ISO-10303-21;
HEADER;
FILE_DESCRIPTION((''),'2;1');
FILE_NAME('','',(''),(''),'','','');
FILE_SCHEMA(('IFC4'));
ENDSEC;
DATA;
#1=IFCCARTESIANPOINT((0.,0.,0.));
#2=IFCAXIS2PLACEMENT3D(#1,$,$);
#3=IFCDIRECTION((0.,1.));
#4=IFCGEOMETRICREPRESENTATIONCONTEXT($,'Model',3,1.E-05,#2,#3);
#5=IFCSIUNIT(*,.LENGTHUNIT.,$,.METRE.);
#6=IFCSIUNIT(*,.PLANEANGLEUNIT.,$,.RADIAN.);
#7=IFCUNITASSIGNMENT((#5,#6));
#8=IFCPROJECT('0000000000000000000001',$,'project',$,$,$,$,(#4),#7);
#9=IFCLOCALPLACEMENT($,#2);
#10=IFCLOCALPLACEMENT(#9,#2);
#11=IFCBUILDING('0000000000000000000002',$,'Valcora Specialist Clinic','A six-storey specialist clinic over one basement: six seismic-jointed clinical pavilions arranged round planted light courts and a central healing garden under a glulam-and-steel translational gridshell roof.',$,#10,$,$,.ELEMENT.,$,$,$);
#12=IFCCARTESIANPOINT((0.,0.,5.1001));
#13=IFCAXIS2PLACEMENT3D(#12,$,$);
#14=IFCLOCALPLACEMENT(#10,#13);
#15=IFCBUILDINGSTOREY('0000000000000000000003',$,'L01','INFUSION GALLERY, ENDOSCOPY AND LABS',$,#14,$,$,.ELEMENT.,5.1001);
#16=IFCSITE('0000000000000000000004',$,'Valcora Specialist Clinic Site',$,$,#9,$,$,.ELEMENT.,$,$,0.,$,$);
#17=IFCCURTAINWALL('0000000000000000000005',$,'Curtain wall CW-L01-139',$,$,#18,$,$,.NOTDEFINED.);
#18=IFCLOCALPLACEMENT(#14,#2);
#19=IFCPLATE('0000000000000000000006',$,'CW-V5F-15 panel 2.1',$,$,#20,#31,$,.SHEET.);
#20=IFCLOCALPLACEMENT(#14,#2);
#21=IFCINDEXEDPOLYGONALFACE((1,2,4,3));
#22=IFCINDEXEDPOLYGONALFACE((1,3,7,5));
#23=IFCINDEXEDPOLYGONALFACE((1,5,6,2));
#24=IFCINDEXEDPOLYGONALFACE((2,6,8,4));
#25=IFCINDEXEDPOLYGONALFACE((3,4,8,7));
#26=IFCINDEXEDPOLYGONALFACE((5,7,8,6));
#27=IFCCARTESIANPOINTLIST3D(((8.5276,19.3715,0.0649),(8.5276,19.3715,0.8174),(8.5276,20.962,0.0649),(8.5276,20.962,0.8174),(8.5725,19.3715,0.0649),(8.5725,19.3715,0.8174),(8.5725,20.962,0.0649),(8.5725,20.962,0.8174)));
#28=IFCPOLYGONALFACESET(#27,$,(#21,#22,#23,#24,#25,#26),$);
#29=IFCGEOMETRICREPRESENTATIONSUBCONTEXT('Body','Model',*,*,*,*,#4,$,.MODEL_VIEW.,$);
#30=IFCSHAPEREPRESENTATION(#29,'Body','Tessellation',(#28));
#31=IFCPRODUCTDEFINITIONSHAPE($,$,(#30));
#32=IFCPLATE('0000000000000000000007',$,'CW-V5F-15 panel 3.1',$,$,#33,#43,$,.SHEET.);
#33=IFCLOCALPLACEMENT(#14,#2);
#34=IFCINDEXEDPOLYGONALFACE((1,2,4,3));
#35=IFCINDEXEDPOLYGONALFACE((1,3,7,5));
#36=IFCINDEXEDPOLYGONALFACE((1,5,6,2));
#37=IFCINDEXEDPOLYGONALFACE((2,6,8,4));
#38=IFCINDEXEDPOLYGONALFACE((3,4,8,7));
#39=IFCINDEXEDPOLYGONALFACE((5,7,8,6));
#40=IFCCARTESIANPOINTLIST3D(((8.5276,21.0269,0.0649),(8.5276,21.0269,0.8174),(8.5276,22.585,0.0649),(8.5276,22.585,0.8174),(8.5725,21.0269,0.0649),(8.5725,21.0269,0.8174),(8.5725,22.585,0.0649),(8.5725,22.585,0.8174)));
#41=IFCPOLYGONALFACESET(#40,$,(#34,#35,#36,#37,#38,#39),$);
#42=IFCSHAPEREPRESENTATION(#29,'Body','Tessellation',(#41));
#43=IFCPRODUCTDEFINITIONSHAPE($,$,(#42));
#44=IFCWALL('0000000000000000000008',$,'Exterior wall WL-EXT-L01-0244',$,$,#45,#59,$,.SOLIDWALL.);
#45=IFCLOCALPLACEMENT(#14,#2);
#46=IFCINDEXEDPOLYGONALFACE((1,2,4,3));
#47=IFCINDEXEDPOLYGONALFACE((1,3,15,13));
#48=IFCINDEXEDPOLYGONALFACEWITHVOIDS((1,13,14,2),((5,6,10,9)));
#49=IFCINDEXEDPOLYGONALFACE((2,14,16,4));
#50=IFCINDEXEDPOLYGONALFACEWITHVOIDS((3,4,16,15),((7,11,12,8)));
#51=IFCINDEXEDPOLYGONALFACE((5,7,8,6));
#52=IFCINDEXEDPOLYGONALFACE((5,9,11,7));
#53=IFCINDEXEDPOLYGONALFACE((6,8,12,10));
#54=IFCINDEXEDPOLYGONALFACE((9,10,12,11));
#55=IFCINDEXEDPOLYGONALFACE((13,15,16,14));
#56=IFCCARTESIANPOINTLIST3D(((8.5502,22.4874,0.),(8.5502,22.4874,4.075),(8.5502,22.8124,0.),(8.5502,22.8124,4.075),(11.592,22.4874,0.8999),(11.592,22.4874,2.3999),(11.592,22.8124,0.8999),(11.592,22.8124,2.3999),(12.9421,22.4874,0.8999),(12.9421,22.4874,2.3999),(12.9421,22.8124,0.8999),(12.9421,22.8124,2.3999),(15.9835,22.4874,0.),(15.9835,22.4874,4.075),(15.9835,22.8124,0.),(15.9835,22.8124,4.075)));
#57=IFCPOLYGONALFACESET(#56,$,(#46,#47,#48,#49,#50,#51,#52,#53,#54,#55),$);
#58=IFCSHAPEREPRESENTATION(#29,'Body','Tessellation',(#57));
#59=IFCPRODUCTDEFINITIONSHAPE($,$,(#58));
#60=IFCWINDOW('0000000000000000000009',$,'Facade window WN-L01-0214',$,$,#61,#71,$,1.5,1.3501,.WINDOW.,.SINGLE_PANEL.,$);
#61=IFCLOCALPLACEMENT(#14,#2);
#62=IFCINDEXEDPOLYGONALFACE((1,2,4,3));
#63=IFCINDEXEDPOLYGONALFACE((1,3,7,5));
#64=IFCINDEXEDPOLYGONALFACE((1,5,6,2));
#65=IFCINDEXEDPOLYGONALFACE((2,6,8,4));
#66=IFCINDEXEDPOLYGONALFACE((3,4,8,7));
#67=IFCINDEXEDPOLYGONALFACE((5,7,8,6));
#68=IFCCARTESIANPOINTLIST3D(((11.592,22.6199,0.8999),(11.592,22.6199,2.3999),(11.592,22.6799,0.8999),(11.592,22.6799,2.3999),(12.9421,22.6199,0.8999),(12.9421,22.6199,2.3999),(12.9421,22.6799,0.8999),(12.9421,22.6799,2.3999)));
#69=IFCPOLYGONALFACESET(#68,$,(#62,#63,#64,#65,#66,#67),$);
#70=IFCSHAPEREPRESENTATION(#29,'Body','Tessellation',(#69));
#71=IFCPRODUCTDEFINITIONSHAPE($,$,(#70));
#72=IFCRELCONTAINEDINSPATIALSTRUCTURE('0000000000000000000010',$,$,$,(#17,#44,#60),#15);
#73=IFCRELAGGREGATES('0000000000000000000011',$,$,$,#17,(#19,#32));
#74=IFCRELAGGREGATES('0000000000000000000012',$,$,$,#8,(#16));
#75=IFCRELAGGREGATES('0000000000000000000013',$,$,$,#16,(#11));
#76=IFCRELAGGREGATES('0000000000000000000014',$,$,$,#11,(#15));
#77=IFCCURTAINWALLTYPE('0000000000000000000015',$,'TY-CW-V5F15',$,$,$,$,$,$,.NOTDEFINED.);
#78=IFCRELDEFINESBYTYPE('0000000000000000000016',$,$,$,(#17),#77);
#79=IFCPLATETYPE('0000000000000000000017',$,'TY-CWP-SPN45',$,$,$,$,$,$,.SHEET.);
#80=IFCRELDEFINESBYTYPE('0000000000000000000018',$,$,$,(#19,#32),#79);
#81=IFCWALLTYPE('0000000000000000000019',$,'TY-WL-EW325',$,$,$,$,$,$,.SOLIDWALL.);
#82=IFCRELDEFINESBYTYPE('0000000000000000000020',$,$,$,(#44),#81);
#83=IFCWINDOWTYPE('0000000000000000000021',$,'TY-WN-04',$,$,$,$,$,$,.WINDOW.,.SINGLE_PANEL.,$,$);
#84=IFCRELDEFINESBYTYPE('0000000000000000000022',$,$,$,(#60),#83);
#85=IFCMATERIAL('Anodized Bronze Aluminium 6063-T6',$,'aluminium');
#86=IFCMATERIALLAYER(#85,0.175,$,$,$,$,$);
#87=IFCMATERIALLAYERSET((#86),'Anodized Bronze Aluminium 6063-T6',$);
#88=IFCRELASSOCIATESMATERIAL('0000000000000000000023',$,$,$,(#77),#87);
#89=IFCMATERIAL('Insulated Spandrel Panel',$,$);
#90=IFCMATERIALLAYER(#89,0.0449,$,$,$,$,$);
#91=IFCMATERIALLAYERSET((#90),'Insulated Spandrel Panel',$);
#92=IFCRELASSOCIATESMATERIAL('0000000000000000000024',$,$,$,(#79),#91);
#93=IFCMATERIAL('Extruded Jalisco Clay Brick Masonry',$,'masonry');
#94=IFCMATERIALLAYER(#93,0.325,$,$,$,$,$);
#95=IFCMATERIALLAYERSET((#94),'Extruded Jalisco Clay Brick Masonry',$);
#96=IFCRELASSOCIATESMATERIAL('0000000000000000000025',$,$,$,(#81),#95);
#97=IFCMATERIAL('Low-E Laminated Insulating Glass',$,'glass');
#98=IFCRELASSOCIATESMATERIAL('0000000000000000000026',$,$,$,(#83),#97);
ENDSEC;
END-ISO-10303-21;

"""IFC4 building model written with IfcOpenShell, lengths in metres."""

from ifc_helpers import new_model, si_unit, direction, frame, frame_2d, origin, origin_2d, place, context, subcontext, project, spatial, rectangle, extrude, material, layer, layer_set, type_object, element, fill, aggregate, save


model = new_model("IFC4")

# Units and contexts
model_context = context("Model", 3, precision=1e-05, world=origin(), true_north=direction((0.0, 1.0)))
body_context = subcontext(model_context, "Body", "Model", "MODEL_VIEW")
ifc_project = project(units=[si_unit("LENGTHUNIT", "METRE"), si_unit("PLANEANGLEUNIT", "RADIAN")], contexts=[model_context])

# Site, building, storey
site_placement = place(None, origin())
site = spatial("IfcSite", under=ifc_project, at=site_placement, Name="Valcora Specialist Clinic Site", CompositionType="ELEMENT", RefElevation=0.0)
building_placement = place(site_placement, origin())
building = spatial("IfcBuilding", under=site, at=building_placement, Name="Valcora Specialist Clinic", Description="A six-storey specialist clinic over one basement: six seismic-jointed clinical pavilions arranged round planted light courts and a central healing garden under a glulam-and-steel translational gridshell roof.", CompositionType="ELEMENT")
storey_placement = place(building_placement, frame((0.0, 0.0, 5.1001)))
storey = spatial("IfcBuildingStorey", under=building, at=storey_placement, Name="L01", Description="INFUSION GALLERY, ENDOSCOPY AND LABS", CompositionType="ELEMENT", Elevation=5.1001)

# Curtain wall, plates
ifc_material_1 = material(Name="Anodized Bronze Aluminium 6063-T6", Category="aluminium")
ifc_layer_1 = layer(ifc_material_1, 0.175)
ifc_layer_set_1 = layer_set([ifc_layer_1], Name="Anodized Bronze Aluminium 6063-T6")
curtain_wall_type = type_object("IfcCurtainWallType", Name="TY-CW-V5F15", PredefinedType="NOTDEFINED", material=ifc_layer_set_1)
curtain_wall_placement = place(storey_placement, origin())
curtain_wall = element("IfcCurtainWall", 1, at=curtain_wall_placement, inside=storey, type_object=curtain_wall_type, Name="Curtain wall CW-L01-139", PredefinedType="NOTDEFINED")
ifc_material_2 = material(Name="Low-E Laminated Insulating Glass", Category="glass")
ifc_material_3 = material(Name="Insulated Spandrel Panel")
ifc_layer_2 = layer(ifc_material_3, 0.0449)
ifc_layer_set_2 = layer_set([ifc_layer_2], Name="Insulated Spandrel Panel")
plate_type_1 = type_object("IfcPlateType", Name="TY-CWP-SPN45", PredefinedType="SHEET", material=ifc_layer_set_2)
plate_1_placement = place(storey_placement, frame((8.55, 20.1667, 0.0649), z_axis=(0.0, 0.0, 1.0), x_axis=(0.0, 1.0, 0.0)))
plate_1 = element("IfcPlate", 2, at=plate_1_placement, type_object=plate_type_1, Name="CW-V5F-15 panel 2.1", PredefinedType="SHEET", context=body_context, shape_type="SweptSolid", body=[
    extrude(rectangle(XDim=1.5906, YDim=0.0449, at=origin_2d()), origin(), (0.0, 0.0, 1.0), 0.7524),
])
plate_2_placement = place(storey_placement, frame((8.55, 21.8059, 0.0649), z_axis=(0.0, 0.0, 1.0), x_axis=(0.0, 1.0, 0.0)))
plate_2 = element("IfcPlate", 3, at=plate_2_placement, type_object=plate_type_1, Name="CW-V5F-15 panel 3.1", PredefinedType="SHEET", context=body_context, shape_type="SweptSolid", body=[
    extrude(rectangle(XDim=1.5581, YDim=0.0449, at=origin_2d()), origin(), (0.0, 0.0, 1.0), 0.7524),
])
aggregate(curtain_wall, [plate_1, plate_2])

# Wall, opening, window
ifc_material_4 = material(Name="Extruded Jalisco Clay Brick Masonry", Category="masonry")
ifc_layer_3 = layer(ifc_material_4, 0.325)
ifc_layer_set_3 = layer_set([ifc_layer_3], Name="Extruded Jalisco Clay Brick Masonry")
wall_type = type_object("IfcWallType", Name="TY-WL-EW325", PredefinedType="SOLIDWALL", material=ifc_layer_set_3)
wall_placement = place(storey_placement, frame((8.55, 22.6499, 0.0), z_axis=(0.0, 0.0, 1.0), x_axis=(1.0, 0.0, 0.0)))
wall = element("IfcWall", 4, at=wall_placement, inside=storey, type_object=wall_type, Name="Exterior wall WL-EXT-L01-0244", PredefinedType="SOLIDWALL", context=body_context, shape_type="SweptSolid", body=[
    extrude(rectangle(XDim=7.4333, YDim=0.325, at=frame_2d((3.7168, 0.0))), origin(), (0.0, 0.0, 1.0), 4.075),
])
opening_placement = place(wall_placement, frame((3.042, 0.0, 0.8999)))
opening = element("IfcOpeningElement", 5, at=opening_placement, cuts=wall, PredefinedType="OPENING", context=body_context, shape_type="SweptSolid", body=[
    extrude(rectangle(XDim=1.3501, YDim=1.5, at=frame_2d((0.675, 0.75))), frame((0.0, 0.1724, 0.0), z_axis=(0.0, -1.0, 0.0), x_axis=(1.0, 0.0, 0.0)), (0.0, 0.0, 1.0), 0.345),
])
window_type = type_object("IfcWindowType", Name="TY-WN-04", PartitioningType="SINGLE_PANEL", PredefinedType="WINDOW", material=ifc_material_2)
window_placement = place(opening_placement, origin())
window = element("IfcWindow", 6, at=window_placement, inside=storey, type_object=window_type, Name="Facade window WN-L01-0214", OverallHeight=1.5, OverallWidth=1.3501, PartitioningType="SINGLE_PANEL", PredefinedType="WINDOW", context=body_context, shape_type="SweptSolid", body=[
    extrude(rectangle(XDim=1.3501, YDim=1.5, at=frame_2d((0.675, 0.75))), frame((0.0, 0.03, 0.0), z_axis=(0.0, -1.0, 0.0), x_axis=(1.0, 0.0, 0.0)), (0.0, 0.0, 1.0), 0.0601),
])
fill(opening, window)

save(model, "model.ifc")
